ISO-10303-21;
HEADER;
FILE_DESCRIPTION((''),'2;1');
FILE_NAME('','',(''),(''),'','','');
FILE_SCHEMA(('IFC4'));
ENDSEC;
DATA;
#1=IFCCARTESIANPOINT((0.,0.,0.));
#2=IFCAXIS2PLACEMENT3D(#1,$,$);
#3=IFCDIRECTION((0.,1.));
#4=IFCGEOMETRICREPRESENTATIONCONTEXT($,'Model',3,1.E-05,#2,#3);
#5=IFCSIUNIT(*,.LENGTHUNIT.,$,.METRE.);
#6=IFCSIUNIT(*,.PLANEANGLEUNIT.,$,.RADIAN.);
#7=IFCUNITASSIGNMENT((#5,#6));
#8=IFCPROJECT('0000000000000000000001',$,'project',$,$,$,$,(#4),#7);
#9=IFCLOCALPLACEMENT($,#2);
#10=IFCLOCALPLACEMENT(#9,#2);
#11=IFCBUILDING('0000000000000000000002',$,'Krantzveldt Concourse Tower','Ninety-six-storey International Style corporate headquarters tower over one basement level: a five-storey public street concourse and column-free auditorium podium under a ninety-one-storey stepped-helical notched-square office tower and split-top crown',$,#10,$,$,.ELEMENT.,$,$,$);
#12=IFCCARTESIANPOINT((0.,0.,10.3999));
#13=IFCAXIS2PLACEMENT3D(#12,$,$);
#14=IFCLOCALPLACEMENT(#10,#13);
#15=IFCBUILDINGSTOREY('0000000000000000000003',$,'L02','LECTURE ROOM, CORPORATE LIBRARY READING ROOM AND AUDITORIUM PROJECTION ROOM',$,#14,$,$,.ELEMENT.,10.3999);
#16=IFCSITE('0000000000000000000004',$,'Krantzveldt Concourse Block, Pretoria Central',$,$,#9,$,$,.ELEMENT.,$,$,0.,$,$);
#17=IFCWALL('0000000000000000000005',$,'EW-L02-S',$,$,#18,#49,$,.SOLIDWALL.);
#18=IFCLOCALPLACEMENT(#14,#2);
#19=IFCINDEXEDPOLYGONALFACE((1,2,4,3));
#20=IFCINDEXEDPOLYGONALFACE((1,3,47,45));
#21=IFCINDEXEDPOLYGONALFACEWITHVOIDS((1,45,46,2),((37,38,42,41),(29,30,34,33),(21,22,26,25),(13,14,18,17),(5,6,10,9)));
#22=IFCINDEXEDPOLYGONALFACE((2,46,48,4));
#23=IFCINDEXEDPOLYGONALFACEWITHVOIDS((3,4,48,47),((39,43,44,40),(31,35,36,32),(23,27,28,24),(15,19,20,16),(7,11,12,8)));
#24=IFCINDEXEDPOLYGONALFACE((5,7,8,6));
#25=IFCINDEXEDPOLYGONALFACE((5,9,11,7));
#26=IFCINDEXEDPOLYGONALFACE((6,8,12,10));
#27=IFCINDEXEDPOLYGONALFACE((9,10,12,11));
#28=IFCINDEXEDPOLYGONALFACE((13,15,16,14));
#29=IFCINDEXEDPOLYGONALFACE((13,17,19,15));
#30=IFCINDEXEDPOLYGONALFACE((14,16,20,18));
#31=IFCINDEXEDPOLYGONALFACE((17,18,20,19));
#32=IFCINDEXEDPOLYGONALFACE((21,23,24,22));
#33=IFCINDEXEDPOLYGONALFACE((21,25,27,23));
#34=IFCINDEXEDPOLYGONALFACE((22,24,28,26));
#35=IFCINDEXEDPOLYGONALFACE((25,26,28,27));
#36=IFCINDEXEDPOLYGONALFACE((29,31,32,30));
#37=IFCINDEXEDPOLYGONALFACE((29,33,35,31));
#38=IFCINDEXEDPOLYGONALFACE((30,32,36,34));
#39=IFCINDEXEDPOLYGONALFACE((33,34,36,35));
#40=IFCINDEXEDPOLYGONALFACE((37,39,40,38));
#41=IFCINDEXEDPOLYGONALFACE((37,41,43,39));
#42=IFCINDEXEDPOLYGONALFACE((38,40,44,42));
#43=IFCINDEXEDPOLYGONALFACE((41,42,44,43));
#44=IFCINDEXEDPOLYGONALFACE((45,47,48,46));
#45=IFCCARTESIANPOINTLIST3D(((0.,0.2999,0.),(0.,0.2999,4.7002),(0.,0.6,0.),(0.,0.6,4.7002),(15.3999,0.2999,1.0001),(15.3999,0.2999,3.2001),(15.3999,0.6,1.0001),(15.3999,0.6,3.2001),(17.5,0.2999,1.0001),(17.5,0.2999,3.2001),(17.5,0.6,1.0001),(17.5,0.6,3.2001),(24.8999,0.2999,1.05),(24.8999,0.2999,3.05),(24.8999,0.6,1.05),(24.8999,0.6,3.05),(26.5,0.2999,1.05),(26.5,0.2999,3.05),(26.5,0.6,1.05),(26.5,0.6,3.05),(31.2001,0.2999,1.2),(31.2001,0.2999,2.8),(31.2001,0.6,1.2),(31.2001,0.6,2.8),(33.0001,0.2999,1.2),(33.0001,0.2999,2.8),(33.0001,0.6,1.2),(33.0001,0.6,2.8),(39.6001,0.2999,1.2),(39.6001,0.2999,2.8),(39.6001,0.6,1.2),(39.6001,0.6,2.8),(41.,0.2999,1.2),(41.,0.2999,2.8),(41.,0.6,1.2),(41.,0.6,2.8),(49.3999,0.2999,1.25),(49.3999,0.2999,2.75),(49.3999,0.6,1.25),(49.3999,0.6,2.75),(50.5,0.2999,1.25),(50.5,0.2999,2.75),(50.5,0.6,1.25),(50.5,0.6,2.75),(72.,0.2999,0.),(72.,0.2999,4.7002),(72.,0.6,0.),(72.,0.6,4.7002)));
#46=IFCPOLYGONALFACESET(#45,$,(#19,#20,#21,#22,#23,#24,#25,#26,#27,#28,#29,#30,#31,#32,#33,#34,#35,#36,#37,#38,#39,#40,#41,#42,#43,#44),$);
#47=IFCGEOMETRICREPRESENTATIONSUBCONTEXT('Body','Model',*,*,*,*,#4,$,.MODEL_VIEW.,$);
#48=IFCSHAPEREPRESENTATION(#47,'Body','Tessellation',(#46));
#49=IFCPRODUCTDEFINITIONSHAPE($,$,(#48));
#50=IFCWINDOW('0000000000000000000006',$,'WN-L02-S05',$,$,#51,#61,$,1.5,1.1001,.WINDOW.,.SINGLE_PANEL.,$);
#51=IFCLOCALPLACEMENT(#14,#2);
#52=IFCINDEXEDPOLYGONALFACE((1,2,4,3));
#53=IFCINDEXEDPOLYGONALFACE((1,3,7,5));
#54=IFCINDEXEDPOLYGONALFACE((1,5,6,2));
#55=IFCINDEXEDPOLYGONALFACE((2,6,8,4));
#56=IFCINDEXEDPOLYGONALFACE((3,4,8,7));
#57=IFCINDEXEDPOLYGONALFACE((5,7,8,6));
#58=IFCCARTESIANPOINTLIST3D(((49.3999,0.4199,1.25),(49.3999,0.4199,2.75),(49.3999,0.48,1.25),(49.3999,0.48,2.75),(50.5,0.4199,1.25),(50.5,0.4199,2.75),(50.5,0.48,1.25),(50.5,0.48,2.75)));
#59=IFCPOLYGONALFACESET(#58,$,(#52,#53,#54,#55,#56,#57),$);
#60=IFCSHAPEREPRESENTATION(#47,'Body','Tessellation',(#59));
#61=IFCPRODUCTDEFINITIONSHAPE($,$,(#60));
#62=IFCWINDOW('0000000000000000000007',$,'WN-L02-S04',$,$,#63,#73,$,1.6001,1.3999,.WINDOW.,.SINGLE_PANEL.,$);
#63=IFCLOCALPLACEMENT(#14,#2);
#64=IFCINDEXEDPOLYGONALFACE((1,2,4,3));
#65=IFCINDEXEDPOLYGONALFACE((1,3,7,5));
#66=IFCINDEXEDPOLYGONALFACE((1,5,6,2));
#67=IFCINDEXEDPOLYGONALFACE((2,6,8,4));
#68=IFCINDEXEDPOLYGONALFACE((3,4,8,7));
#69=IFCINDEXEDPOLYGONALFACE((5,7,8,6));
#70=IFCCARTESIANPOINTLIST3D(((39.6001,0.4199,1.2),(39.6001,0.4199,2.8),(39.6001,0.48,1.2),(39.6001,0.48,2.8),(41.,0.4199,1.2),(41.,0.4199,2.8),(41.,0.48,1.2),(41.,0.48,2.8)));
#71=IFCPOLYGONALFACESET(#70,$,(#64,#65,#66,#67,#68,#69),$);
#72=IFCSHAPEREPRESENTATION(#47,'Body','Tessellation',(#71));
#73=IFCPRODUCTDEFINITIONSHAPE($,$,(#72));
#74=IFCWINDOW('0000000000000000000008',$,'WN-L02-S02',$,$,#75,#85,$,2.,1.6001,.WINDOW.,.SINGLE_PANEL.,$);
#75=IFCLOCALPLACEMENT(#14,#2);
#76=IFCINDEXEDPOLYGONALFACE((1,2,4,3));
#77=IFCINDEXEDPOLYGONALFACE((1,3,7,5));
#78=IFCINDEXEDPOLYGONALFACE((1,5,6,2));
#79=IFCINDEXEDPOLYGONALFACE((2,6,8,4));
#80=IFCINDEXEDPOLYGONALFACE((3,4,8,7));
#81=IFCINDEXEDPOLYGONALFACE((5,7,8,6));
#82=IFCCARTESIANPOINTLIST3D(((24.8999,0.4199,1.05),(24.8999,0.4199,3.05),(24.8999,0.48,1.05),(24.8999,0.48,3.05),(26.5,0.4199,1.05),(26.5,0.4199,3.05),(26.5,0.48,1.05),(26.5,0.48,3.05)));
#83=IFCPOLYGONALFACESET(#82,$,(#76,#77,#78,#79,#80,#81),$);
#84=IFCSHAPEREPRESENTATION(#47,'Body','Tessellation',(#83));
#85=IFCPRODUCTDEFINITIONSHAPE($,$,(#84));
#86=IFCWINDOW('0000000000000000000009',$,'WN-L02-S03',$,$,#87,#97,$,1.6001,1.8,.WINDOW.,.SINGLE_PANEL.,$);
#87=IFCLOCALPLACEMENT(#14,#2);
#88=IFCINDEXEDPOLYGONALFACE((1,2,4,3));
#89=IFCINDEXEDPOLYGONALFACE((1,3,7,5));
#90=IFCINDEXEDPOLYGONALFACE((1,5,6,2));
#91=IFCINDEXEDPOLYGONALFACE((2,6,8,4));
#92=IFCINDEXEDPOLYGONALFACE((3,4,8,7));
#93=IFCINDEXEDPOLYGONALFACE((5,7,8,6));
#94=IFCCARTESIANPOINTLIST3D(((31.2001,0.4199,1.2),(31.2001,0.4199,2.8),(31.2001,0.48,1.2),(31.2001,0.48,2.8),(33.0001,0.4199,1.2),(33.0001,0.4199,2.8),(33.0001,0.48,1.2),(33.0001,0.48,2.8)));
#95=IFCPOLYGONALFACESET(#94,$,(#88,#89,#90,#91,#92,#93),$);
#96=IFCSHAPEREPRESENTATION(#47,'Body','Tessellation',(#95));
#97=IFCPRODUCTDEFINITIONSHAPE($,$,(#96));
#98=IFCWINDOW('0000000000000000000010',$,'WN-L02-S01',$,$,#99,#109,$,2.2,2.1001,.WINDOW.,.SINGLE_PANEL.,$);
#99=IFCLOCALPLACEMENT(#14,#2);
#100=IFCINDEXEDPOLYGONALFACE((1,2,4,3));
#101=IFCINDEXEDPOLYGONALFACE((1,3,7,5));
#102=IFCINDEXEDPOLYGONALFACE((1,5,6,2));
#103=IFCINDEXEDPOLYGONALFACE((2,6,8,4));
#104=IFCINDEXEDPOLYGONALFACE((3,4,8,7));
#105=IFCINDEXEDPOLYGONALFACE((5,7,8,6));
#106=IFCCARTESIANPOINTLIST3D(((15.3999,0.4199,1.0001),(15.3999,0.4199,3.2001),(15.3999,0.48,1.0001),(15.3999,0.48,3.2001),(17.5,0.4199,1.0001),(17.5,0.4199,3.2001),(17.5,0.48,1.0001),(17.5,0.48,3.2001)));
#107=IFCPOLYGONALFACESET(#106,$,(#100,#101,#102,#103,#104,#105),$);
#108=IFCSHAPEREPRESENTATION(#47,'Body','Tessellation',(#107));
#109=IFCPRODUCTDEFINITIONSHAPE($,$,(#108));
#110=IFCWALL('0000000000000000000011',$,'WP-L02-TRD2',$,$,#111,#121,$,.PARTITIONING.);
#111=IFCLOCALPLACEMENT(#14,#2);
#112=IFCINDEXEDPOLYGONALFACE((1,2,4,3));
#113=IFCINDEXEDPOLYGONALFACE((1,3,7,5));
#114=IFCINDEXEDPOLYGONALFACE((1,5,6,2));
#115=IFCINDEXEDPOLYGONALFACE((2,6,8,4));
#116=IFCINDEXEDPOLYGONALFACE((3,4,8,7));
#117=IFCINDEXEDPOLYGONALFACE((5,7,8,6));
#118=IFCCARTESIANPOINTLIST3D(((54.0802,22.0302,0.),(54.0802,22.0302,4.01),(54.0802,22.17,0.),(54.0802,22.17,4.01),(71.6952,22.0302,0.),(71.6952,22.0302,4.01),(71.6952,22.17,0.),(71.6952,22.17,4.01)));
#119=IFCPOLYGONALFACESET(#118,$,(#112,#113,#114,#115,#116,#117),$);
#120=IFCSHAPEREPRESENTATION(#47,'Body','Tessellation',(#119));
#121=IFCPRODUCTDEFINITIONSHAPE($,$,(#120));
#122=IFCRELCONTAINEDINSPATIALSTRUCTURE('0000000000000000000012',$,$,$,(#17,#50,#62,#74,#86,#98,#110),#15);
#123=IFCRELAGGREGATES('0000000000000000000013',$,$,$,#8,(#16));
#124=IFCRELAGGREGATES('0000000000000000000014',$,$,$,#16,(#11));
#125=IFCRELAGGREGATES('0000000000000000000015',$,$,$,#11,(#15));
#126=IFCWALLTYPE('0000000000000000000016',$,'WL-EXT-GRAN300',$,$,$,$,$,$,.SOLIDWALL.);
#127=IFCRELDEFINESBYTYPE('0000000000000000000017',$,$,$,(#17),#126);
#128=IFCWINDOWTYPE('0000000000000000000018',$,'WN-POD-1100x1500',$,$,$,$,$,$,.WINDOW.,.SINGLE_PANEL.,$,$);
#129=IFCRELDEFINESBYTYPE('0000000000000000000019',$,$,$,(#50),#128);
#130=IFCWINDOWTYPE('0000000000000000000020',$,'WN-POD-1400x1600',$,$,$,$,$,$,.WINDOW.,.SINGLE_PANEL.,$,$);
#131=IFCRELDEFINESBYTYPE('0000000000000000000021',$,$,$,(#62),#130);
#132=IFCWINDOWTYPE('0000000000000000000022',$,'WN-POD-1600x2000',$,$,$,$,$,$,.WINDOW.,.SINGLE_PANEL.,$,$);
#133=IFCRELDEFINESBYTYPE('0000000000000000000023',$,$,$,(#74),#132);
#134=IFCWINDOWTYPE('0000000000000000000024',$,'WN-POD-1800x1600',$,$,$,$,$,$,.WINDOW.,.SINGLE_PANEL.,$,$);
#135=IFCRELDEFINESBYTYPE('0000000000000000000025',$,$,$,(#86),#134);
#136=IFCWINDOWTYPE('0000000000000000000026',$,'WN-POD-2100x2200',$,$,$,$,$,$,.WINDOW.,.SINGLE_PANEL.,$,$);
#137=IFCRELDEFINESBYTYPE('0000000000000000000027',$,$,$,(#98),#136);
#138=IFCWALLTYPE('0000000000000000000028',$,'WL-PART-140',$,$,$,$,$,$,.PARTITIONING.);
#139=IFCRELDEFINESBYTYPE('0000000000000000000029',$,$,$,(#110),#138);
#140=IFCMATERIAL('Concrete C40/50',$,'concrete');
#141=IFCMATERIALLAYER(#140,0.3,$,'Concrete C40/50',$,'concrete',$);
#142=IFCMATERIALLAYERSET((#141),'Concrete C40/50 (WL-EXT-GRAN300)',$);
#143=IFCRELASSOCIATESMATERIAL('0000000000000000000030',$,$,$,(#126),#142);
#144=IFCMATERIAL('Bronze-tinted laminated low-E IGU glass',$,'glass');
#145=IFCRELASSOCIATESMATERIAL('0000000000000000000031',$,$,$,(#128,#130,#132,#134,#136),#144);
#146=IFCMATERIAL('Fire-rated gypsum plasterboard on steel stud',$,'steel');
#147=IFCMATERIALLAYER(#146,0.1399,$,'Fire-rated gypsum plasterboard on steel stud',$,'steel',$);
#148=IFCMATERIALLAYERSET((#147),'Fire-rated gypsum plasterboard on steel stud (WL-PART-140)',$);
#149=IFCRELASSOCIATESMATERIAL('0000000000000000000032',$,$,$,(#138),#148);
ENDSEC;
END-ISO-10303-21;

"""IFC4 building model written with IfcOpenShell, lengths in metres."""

from ifc_helpers import new_model, si_unit, direction, frame, frame_2d, origin, place, context, subcontext, project, spatial, rectangle, extrude, material, layer, layer_set, type_object, element, fill, save


model = new_model("IFC4")

# Units and contexts
model_context = context("Model", 3, precision=1e-05, world=origin(), true_north=direction((0.0, 1.0)))
body_context = subcontext(model_context, "Body", "Model", "MODEL_VIEW")
ifc_project = project(units=[si_unit("LENGTHUNIT", "METRE"), si_unit("PLANEANGLEUNIT", "RADIAN")], contexts=[model_context])

# Site, building, storey
site_placement = place(None, origin())
site = spatial("IfcSite", under=ifc_project, at=site_placement, Name="Krantzveldt Concourse Block, Pretoria Central", CompositionType="ELEMENT", RefElevation=0.0)
building_placement = place(site_placement, origin())
building = spatial("IfcBuilding", under=site, at=building_placement, Name="Krantzveldt Concourse Tower", Description="Ninety-six-storey International Style corporate headquarters tower over one basement level: a five-storey public street concourse and column-free auditorium podium under a ninety-one-storey stepped-helical notched-square office tower and split-top crown", CompositionType="ELEMENT")
storey_placement = place(building_placement, frame((0.0, 0.0, 10.3999)))
storey = spatial("IfcBuildingStorey", under=building, at=storey_placement, Name="L02", Description="LECTURE ROOM, CORPORATE LIBRARY READING ROOM AND AUDITORIUM PROJECTION ROOM", CompositionType="ELEMENT", Elevation=10.3999)

# Shared definitions
ifc_material_1 = material(Name="Concrete C40/50", Category="concrete")

# Wall, openings, windows
ifc_layer_1 = layer(ifc_material_1, 0.3, Name="Concrete C40/50", Category="concrete")
ifc_layer_set_1 = layer_set([ifc_layer_1], Name="Concrete C40/50 (WL-EXT-GRAN300)")
wall_type_1 = type_object("IfcWallType", Name="WL-EXT-GRAN300", PredefinedType="SOLIDWALL", material=ifc_layer_set_1)
wall_1_placement = place(storey_placement, frame((72.0, 0.45, 0.0), z_axis=(0.0, 0.0, 1.0), x_axis=(-1.0, 0.0, 0.0)))
wall_1 = element("IfcWall", 1, at=wall_1_placement, inside=storey, type_object=wall_type_1, Name="EW-L02-S", PredefinedType="SOLIDWALL", context=body_context, shape_type="SweptSolid", body=[
    extrude(rectangle(XDim=72.0, YDim=0.3, at=frame_2d((36.0, 0.0))), origin(), (0.0, 0.0, 1.0), 4.7002),
])
opening_1_placement = place(wall_1_placement, frame((54.5, 0.0, 1.0)))
opening_1 = element("IfcOpeningElement", 2, at=opening_1_placement, cuts=wall_1, PredefinedType="OPENING", context=body_context, shape_type="SweptSolid", body=[
    extrude(rectangle(XDim=2.1001, YDim=2.2, at=frame_2d((1.05, 1.1001))), frame((0.0, 0.1602, 0.0), z_axis=(0.0, -1.0, 0.0), x_axis=(1.0, 0.0, 0.0)), (0.0, 0.0, 1.0), 0.3201),
])
opening_2_placement = place(wall_1_placement, frame((45.5, 0.0, 1.05)))
opening_2 = element("IfcOpeningElement", 3, at=opening_2_placement, cuts=wall_1, PredefinedType="OPENING", context=body_context, shape_type="SweptSolid", body=[
    extrude(rectangle(XDim=1.6001, YDim=2.0, at=frame_2d((0.8, 1.0))), frame((0.0, 0.1602, 0.0), z_axis=(0.0, -1.0, 0.0), x_axis=(1.0, 0.0, 0.0)), (0.0, 0.0, 1.0), 0.3201),
])
opening_3_placement = place(wall_1_placement, frame((39.0, 0.0, 1.2)))
opening_3 = element("IfcOpeningElement", 4, at=opening_3_placement, cuts=wall_1, PredefinedType="OPENING", context=body_context, shape_type="SweptSolid", body=[
    extrude(rectangle(XDim=1.8, YDim=1.6001, at=frame_2d((0.8999, 0.8))), frame((0.0, 0.1602, 0.0), z_axis=(0.0, -1.0, 0.0), x_axis=(1.0, 0.0, 0.0)), (0.0, 0.0, 1.0), 0.3201),
])
opening_4_placement = place(wall_1_placement, frame((31.0, 0.0, 1.2)))
opening_4 = element("IfcOpeningElement", 5, at=opening_4_placement, cuts=wall_1, PredefinedType="OPENING", context=body_context, shape_type="SweptSolid", body=[
    extrude(rectangle(XDim=1.3999, YDim=1.6001, at=frame_2d((0.7, 0.8))), frame((0.0, 0.1602, 0.0), z_axis=(0.0, -1.0, 0.0), x_axis=(1.0, 0.0, 0.0)), (0.0, 0.0, 1.0), 0.3201),
])
opening_5_placement = place(wall_1_placement, frame((21.5, 0.0, 1.25)))
opening_5 = element("IfcOpeningElement", 6, at=opening_5_placement, cuts=wall_1, PredefinedType="OPENING", context=body_context, shape_type="SweptSolid", body=[
    extrude(rectangle(XDim=1.1001, YDim=1.5, at=frame_2d((0.55, 0.75))), frame((0.0, 0.1602, 0.0), z_axis=(0.0, -1.0, 0.0), x_axis=(1.0, 0.0, 0.0)), (0.0, 0.0, 1.0), 0.3201),
])
ifc_material_2 = material(Name="Bronze-tinted laminated low-E IGU glass", Category="glass")
window_type_1 = type_object("IfcWindowType", Name="WN-POD-1100x1500", PartitioningType="SINGLE_PANEL", PredefinedType="WINDOW", material=ifc_material_2)
window_1_placement = place(opening_5_placement, origin())
window_1 = element("IfcWindow", 7, at=window_1_placement, inside=storey, type_object=window_type_1, Name="WN-L02-S05", OverallHeight=1.5, OverallWidth=1.1001, PartitioningType="SINGLE_PANEL", PredefinedType="WINDOW", context=body_context, shape_type="SweptSolid", body=[
    extrude(rectangle(XDim=1.1001, YDim=1.5, at=frame_2d((0.55, 0.75))), frame((0.0, 0.03, 0.0), z_axis=(0.0, -1.0, 0.0), x_axis=(1.0, 0.0, 0.0)), (0.0, 0.0, 1.0), 0.0601),
])
fill(opening_5, window_1)
window_type_2 = type_object("IfcWindowType", Name="WN-POD-1400x1600", PartitioningType="SINGLE_PANEL", PredefinedType="WINDOW", material=ifc_material_2)
window_2_placement = place(opening_4_placement, origin())
window_2 = element("IfcWindow", 8, at=window_2_placement, inside=storey, type_object=window_type_2, Name="WN-L02-S04", OverallHeight=1.6001, OverallWidth=1.3999, PartitioningType="SINGLE_PANEL", PredefinedType="WINDOW", context=body_context, shape_type="SweptSolid", body=[
    extrude(rectangle(XDim=1.3999, YDim=1.6001, at=frame_2d((0.7, 0.8))), frame((0.0, 0.03, 0.0), z_axis=(0.0, -1.0, 0.0), x_axis=(1.0, 0.0, 0.0)), (0.0, 0.0, 1.0), 0.0601),
])
fill(opening_4, window_2)
window_type_3 = type_object("IfcWindowType", Name="WN-POD-1600x2000", PartitioningType="SINGLE_PANEL", PredefinedType="WINDOW", material=ifc_material_2)
window_3_placement = place(opening_2_placement, origin())
window_3 = element("IfcWindow", 9, at=window_3_placement, inside=storey, type_object=window_type_3, Name="WN-L02-S02", OverallHeight=2.0, OverallWidth=1.6001, PartitioningType="SINGLE_PANEL", PredefinedType="WINDOW", context=body_context, shape_type="SweptSolid", body=[
    extrude(rectangle(XDim=1.6001, YDim=2.0, at=frame_2d((0.8, 1.0))), frame((0.0, 0.03, 0.0), z_axis=(0.0, -1.0, 0.0), x_axis=(1.0, 0.0, 0.0)), (0.0, 0.0, 1.0), 0.0601),
])
fill(opening_2, window_3)
window_type_4 = type_object("IfcWindowType", Name="WN-POD-1800x1600", PartitioningType="SINGLE_PANEL", PredefinedType="WINDOW", material=ifc_material_2)
window_4_placement = place(opening_3_placement, origin())
window_4 = element("IfcWindow", 10, at=window_4_placement, inside=storey, type_object=window_type_4, Name="WN-L02-S03", OverallHeight=1.6001, OverallWidth=1.8, PartitioningType="SINGLE_PANEL", PredefinedType="WINDOW", context=body_context, shape_type="SweptSolid", body=[
    extrude(rectangle(XDim=1.8, YDim=1.6001, at=frame_2d((0.8999, 0.8))), frame((0.0, 0.03, 0.0), z_axis=(0.0, -1.0, 0.0), x_axis=(1.0, 0.0, 0.0)), (0.0, 0.0, 1.0), 0.0601),
])
fill(opening_3, window_4)
window_type_5 = type_object("IfcWindowType", Name="WN-POD-2100x2200", PartitioningType="SINGLE_PANEL", PredefinedType="WINDOW", material=ifc_material_2)
window_5_placement = place(opening_1_placement, origin())
window_5 = element("IfcWindow", 11, at=window_5_placement, inside=storey, type_object=window_type_5, Name="WN-L02-S01", OverallHeight=2.2, OverallWidth=2.1001, PartitioningType="SINGLE_PANEL", PredefinedType="WINDOW", context=body_context, shape_type="SweptSolid", body=[
    extrude(rectangle(XDim=2.1001, YDim=2.2, at=frame_2d((1.05, 1.1001))), frame((0.0, 0.03, 0.0), z_axis=(0.0, -1.0, 0.0), x_axis=(1.0, 0.0, 0.0)), (0.0, 0.0, 1.0), 0.0601),
])
fill(opening_1, window_5)

# Wall
ifc_material_3 = material(Name="Fire-rated gypsum plasterboard on steel stud", Category="steel")
ifc_layer_2 = layer(ifc_material_3, 0.1399, Name="Fire-rated gypsum plasterboard on steel stud", Category="steel")
ifc_layer_set_2 = layer_set([ifc_layer_2], Name="Fire-rated gypsum plasterboard on steel stud (WL-PART-140)")
wall_type_2 = type_object("IfcWallType", Name="WL-PART-140", PredefinedType="PARTITIONING", material=ifc_layer_set_2)
wall_2_placement = place(storey_placement, frame((54.0801, 22.1001, 0.0), z_axis=(0.0, 0.0, 1.0), x_axis=(1.0, 0.0, 0.0)))
element("IfcWall", 12, at=wall_2_placement, inside=storey, type_object=wall_type_2, Name="WP-L02-TRD2", PredefinedType="PARTITIONING", context=body_context, shape_type="SweptSolid", body=[
    extrude(rectangle(XDim=17.615, YDim=0.1399, at=frame_2d((8.8076, 0.0))), origin(), (0.0, 0.0, 1.0), 4.01),
])

save(model, "model.ifc")
